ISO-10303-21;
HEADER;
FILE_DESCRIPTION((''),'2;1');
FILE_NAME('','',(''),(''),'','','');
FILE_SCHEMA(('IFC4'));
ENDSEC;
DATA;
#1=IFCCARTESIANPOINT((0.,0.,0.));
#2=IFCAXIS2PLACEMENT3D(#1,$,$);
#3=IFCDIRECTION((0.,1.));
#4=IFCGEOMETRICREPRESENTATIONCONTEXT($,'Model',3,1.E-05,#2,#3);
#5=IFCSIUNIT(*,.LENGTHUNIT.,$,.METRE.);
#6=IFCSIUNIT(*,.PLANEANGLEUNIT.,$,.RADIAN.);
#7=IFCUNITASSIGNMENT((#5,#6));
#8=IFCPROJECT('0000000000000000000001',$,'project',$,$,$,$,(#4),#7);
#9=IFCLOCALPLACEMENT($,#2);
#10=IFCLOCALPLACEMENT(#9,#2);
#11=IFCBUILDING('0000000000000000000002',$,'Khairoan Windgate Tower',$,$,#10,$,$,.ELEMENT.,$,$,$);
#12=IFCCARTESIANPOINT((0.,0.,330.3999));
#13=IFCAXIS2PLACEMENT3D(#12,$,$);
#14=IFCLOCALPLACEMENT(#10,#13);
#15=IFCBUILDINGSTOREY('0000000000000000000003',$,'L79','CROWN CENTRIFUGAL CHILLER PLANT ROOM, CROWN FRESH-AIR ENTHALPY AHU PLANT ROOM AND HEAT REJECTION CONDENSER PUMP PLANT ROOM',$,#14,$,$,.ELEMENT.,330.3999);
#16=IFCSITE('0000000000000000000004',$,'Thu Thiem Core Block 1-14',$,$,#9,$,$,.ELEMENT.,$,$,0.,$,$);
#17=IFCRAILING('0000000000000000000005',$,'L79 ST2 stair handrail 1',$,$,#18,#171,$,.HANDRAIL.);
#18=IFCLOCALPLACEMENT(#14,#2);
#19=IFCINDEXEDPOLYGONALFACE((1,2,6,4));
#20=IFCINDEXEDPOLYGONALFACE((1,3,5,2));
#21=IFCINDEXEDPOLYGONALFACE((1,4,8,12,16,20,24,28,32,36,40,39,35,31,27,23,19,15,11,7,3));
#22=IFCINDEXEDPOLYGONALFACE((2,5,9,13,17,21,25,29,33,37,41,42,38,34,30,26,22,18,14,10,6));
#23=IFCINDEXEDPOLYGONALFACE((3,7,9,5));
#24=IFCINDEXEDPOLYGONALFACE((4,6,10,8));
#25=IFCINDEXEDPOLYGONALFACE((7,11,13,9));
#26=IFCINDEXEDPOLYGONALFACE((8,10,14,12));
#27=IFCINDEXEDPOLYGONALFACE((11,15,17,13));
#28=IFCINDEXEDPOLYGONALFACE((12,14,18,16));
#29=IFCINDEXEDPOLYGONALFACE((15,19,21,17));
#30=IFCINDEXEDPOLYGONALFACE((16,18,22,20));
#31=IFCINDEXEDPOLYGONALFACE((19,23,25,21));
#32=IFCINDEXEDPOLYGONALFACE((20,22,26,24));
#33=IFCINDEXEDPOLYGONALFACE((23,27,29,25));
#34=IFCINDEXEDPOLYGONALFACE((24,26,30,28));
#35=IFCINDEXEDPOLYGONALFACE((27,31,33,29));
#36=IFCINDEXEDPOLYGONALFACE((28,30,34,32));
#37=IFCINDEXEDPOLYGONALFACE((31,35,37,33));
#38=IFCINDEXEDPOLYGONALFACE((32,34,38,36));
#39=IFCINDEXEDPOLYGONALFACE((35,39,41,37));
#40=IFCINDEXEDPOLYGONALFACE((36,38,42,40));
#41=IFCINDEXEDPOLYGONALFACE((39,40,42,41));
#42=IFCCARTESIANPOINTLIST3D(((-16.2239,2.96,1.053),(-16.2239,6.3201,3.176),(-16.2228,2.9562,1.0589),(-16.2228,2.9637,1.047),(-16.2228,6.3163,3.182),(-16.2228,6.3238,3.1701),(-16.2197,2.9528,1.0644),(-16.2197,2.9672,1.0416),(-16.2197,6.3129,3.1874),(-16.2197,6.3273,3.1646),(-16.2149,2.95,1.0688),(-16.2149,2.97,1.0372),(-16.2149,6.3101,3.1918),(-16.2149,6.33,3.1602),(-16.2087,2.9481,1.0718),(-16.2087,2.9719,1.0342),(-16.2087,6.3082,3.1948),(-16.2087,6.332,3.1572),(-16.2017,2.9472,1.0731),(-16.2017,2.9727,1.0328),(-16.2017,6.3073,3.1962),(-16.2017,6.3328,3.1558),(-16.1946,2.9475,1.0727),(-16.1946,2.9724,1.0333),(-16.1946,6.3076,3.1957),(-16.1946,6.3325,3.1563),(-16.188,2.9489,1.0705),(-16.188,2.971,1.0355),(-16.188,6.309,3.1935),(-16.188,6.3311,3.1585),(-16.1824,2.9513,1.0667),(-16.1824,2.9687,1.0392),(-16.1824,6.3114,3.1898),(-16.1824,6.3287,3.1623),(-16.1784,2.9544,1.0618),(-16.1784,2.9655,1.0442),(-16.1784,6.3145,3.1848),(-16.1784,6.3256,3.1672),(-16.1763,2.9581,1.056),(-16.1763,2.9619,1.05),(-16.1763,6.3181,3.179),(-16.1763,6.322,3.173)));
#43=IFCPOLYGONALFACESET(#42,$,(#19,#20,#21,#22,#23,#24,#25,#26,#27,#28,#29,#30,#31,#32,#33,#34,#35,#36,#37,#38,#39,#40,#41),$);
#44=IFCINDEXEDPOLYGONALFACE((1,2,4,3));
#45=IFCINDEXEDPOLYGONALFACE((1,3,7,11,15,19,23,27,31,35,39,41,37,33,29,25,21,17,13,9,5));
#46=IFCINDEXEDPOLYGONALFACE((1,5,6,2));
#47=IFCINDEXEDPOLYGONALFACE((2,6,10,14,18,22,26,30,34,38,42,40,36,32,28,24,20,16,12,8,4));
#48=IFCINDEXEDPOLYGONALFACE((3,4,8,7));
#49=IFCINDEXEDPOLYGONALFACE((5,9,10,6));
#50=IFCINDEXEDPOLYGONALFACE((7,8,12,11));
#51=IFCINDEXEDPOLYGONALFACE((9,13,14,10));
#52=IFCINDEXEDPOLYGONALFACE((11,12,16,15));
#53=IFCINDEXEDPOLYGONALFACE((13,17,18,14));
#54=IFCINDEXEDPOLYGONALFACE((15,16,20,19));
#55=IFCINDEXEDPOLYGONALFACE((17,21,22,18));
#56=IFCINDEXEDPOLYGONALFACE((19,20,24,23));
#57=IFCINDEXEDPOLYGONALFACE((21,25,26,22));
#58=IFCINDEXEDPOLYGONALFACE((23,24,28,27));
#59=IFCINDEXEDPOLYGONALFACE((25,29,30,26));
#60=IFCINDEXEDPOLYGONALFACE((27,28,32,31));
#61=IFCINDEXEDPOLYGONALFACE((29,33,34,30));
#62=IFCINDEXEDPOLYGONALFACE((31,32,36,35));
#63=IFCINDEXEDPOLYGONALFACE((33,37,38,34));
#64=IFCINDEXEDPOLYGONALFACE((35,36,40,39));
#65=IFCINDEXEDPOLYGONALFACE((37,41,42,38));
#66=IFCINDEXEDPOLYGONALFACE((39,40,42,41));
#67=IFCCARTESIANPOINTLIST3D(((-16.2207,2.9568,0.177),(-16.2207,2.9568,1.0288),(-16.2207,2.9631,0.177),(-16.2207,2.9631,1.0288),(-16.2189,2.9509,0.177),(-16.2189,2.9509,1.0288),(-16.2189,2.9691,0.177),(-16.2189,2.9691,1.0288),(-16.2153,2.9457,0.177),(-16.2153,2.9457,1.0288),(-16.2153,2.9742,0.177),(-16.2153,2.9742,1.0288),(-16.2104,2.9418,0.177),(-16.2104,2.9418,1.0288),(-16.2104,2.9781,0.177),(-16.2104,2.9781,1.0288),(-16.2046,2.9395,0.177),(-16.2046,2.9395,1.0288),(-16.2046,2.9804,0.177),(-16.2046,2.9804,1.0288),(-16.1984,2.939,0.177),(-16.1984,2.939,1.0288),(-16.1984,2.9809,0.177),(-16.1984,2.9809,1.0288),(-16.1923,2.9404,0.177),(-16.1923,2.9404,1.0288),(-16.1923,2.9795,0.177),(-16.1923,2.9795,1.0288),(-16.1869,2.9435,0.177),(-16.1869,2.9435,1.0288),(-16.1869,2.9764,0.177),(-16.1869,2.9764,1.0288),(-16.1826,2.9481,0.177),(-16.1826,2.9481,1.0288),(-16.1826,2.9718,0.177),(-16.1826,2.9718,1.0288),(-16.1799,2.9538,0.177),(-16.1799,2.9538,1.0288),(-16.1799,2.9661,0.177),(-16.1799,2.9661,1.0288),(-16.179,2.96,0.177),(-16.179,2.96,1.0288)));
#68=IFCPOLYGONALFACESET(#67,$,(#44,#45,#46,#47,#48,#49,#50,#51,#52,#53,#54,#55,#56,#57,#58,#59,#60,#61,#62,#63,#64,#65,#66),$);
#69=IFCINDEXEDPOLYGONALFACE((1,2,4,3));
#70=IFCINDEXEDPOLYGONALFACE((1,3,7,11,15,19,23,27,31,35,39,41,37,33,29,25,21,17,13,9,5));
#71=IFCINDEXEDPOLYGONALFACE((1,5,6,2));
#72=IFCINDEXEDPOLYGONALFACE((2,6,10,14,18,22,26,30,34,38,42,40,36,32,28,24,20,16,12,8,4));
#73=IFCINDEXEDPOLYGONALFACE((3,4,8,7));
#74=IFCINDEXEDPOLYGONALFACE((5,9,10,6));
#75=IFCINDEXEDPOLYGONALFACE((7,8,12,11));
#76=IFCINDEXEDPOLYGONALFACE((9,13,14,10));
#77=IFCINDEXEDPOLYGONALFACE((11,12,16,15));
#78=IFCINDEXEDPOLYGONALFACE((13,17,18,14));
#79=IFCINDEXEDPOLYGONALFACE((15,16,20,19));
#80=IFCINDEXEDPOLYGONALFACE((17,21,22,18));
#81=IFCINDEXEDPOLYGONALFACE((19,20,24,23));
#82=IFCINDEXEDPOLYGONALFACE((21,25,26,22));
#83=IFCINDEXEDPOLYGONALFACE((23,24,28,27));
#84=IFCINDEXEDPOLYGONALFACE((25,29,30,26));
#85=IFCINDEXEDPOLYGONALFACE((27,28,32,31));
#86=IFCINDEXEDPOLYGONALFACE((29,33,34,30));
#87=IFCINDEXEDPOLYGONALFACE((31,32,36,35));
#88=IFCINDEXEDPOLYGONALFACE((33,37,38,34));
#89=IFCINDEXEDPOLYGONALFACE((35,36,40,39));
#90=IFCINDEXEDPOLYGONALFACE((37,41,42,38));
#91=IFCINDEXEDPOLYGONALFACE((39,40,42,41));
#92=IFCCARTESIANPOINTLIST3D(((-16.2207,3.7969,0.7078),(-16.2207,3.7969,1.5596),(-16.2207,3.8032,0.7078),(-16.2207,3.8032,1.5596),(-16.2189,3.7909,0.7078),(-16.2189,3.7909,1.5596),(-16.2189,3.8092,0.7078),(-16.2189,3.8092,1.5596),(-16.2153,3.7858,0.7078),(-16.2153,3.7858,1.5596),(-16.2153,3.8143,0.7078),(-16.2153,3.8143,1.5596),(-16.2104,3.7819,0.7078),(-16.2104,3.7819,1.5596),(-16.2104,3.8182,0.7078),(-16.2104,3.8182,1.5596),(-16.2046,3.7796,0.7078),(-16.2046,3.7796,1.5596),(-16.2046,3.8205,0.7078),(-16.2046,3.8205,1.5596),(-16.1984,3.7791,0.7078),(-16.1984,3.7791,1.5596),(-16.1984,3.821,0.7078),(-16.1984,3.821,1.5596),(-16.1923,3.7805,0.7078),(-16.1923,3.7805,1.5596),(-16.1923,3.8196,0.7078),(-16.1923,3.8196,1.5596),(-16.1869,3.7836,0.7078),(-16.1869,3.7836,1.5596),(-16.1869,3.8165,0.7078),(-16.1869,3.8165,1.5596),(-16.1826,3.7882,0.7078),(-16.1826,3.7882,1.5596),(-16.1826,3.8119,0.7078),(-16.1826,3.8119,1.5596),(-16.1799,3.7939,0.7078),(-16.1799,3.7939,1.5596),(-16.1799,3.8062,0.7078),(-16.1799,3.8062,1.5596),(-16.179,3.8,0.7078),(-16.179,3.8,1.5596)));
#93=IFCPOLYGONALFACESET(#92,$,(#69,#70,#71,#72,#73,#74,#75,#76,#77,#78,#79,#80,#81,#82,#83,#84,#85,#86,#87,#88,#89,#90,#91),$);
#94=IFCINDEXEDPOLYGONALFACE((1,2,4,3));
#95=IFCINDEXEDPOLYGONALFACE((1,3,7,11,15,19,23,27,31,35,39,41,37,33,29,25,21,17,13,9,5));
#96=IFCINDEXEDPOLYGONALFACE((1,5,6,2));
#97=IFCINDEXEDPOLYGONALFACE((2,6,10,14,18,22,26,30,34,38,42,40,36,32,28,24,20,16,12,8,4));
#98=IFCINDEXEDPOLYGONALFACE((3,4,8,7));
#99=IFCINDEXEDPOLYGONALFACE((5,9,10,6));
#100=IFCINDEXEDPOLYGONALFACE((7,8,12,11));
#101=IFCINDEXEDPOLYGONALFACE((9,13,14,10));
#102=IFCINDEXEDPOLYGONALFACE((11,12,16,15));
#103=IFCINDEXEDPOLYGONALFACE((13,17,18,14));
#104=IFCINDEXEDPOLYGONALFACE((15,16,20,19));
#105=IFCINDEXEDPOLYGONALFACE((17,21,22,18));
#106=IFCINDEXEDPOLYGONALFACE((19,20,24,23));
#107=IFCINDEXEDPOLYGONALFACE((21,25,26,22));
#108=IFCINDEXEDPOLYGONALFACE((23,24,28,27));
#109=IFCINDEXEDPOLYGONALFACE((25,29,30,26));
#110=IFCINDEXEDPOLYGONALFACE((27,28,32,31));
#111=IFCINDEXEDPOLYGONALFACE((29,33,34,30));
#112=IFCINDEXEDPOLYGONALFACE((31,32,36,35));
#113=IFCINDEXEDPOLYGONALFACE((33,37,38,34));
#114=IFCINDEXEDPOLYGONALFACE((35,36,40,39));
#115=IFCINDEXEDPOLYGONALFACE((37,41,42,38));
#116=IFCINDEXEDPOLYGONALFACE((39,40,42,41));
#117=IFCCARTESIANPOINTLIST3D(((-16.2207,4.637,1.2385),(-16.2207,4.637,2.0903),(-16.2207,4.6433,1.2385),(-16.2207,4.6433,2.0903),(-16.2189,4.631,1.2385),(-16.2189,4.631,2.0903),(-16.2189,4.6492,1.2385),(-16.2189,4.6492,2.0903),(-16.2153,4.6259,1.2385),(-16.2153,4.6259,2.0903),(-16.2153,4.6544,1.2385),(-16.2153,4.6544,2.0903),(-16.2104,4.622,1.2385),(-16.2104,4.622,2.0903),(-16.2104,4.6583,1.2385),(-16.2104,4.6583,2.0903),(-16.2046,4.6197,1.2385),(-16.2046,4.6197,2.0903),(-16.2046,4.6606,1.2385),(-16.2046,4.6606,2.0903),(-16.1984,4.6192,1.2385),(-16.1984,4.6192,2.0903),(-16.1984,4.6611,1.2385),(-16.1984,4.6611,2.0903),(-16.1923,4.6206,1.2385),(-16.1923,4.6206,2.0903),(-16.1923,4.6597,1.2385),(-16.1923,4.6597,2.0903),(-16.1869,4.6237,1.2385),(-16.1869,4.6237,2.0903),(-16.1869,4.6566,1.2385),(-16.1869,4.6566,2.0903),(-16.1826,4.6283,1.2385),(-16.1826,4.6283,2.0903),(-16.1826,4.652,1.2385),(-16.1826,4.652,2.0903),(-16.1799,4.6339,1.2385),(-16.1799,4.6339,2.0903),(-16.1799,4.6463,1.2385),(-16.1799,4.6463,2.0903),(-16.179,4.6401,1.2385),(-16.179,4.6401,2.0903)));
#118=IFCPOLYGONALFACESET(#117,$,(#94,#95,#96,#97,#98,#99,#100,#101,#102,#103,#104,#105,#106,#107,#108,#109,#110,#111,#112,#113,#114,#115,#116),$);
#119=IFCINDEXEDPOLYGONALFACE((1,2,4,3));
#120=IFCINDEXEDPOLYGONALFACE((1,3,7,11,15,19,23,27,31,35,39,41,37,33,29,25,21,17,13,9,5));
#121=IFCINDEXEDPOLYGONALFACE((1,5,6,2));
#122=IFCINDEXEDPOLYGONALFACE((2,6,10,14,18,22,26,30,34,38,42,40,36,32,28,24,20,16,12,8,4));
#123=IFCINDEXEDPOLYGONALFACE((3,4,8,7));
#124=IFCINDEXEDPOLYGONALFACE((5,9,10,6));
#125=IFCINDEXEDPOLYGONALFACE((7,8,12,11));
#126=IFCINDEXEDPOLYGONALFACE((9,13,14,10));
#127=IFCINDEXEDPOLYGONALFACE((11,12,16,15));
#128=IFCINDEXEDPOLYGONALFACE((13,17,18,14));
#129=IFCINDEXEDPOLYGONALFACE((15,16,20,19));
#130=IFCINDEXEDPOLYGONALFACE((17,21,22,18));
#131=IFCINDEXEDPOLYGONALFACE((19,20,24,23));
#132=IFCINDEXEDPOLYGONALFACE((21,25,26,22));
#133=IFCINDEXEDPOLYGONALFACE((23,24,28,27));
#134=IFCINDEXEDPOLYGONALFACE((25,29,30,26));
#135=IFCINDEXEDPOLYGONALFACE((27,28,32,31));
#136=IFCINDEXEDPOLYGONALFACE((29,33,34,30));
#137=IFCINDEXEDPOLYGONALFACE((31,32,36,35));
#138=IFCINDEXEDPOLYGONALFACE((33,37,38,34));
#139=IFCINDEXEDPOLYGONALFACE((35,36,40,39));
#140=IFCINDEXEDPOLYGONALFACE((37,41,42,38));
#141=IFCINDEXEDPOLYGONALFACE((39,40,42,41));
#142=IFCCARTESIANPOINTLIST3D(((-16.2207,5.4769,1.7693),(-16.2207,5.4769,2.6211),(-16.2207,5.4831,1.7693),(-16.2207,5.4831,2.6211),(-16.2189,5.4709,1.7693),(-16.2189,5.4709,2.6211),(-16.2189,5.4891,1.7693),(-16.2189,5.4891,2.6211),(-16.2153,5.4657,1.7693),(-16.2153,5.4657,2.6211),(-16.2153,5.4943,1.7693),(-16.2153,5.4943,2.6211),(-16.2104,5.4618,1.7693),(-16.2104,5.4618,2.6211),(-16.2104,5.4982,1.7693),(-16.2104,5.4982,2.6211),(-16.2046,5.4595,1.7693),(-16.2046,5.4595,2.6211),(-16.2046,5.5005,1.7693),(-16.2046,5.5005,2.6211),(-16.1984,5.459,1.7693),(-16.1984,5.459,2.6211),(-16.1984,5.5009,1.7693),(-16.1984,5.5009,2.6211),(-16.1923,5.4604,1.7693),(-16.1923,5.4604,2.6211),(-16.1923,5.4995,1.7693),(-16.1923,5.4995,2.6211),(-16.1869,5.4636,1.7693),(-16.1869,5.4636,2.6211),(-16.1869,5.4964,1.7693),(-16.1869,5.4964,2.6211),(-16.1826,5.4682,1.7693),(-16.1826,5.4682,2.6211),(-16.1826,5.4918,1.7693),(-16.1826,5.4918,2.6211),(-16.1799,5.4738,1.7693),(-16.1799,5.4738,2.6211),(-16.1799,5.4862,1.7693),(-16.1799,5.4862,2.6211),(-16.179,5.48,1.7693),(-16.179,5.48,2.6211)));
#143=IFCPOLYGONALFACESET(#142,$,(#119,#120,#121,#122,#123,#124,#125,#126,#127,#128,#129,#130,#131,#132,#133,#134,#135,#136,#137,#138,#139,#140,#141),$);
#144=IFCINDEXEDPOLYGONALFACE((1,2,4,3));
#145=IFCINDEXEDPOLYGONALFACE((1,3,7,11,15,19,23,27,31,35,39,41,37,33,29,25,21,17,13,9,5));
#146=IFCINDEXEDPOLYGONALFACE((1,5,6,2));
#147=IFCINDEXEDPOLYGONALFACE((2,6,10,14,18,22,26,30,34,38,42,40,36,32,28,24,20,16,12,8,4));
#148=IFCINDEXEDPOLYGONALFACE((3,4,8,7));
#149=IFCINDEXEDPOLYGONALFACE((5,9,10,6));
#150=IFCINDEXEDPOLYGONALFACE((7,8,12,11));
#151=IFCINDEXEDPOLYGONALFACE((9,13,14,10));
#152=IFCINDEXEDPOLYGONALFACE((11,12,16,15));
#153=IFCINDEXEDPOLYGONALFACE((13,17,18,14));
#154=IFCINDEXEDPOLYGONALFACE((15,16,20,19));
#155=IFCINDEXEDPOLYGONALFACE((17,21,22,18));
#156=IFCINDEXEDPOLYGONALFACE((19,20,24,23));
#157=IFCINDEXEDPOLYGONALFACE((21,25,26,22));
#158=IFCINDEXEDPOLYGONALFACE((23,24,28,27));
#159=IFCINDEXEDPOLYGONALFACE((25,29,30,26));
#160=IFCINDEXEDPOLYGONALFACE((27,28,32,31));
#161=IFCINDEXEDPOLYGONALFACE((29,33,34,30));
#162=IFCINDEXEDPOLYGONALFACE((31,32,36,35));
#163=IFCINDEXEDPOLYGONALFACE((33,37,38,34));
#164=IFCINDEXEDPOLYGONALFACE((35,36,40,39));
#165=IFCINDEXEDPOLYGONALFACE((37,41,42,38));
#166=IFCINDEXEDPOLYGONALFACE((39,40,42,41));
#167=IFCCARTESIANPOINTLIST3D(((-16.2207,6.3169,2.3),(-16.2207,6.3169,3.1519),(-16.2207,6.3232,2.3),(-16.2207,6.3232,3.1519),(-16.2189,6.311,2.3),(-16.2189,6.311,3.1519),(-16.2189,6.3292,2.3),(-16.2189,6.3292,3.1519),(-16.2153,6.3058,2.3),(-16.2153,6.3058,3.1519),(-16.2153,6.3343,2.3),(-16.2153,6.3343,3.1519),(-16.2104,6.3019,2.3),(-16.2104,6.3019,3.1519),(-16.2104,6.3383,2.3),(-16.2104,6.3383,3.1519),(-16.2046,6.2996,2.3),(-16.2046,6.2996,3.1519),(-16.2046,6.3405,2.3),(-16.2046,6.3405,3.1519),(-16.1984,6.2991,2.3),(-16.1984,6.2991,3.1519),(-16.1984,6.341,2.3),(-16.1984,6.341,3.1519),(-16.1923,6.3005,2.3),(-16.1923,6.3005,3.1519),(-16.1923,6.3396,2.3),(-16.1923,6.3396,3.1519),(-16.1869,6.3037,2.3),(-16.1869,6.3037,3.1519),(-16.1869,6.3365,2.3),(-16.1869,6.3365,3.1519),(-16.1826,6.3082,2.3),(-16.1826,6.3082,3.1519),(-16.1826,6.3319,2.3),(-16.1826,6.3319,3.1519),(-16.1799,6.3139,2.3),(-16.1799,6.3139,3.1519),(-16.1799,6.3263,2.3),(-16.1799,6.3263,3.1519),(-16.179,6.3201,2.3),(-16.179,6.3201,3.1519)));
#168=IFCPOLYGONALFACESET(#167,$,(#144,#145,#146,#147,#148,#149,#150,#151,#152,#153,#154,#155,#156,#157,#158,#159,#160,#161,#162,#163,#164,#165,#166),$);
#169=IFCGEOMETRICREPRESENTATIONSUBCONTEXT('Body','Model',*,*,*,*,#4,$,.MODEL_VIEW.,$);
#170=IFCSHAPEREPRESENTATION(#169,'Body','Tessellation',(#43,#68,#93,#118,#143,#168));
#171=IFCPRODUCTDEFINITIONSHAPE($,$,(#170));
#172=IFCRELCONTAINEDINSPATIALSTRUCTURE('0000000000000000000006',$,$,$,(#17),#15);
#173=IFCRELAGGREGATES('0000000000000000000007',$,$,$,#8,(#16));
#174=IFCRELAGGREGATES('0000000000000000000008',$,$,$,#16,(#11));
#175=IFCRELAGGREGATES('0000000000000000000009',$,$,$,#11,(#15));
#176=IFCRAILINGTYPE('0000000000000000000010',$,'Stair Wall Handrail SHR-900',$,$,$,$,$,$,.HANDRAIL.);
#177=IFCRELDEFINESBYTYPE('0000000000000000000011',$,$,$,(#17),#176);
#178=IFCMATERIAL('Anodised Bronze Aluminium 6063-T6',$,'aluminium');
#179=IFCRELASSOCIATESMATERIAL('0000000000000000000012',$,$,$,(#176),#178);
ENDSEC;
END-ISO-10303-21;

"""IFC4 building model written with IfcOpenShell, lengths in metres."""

from ifc_helpers import new_model, si_unit, direction, frame, origin, origin_2d, place, context, subcontext, project, spatial, circle, extrude, material, type_object, element, save


model = new_model("IFC4")

# Units and contexts
model_context = context("Model", 3, precision=1e-05, world=origin(), true_north=direction((0.0, 1.0)))
body_context = subcontext(model_context, "Body", "Model", "MODEL_VIEW")
ifc_project = project(units=[si_unit("LENGTHUNIT", "METRE"), si_unit("PLANEANGLEUNIT", "RADIAN")], contexts=[model_context])

# Site, building, storey
site_placement = place(None, origin())
site = spatial("IfcSite", under=ifc_project, at=site_placement, Name="Thu Thiem Core Block 1-14", CompositionType="ELEMENT", RefElevation=0.0)
building_placement = place(site_placement, origin())
building = spatial("IfcBuilding", under=site, at=building_placement, Name="Khairoan Windgate Tower", CompositionType="ELEMENT")
storey_placement = place(building_placement, frame((0.0, 0.0, 330.3999)))
storey = spatial("IfcBuildingStorey", under=building, at=storey_placement, Name="L79", Description="CROWN CENTRIFUGAL CHILLER PLANT ROOM, CROWN FRESH-AIR ENTHALPY AHU PLANT ROOM AND HEAT REJECTION CONDENSER PUMP PLANT ROOM", CompositionType="ELEMENT", Elevation=330.3999)

# Railing
ifc_material_1 = material(Name="Anodised Bronze Aluminium 6063-T6", Category="aluminium")
railing_type_1 = type_object("IfcRailingType", Name="Stair Wall Handrail SHR-900", PredefinedType="HANDRAIL", material=ifc_material_1)
railing_1_placement = place(storey_placement, frame((-16.2, 2.96, 0.177)))
element("IfcRailing", 1, at=railing_1_placement, inside=storey, type_object=railing_type_1, Name="L79 ST2 stair handrail 1", PredefinedType="HANDRAIL", context=body_context, shape_type="SweptSolid", body=[
    extrude(circle(Radius=0.0239, at=origin_2d()), frame((0.0, 0.0, 0.876), z_axis=(0.0, 0.84539, 0.53415), x_axis=(-1.0, 0.0, 0.0)), (0.0, 0.0, 1.0), 3.9746),
    extrude(circle(Radius=0.021, at=origin_2d()), origin(), (0.0, 0.0, 1.0), 0.8518),
    extrude(circle(Radius=0.021, at=origin_2d()), frame((0.0, 0.8401, 0.5308)), (0.0, 0.0, 1.0), 0.8518),
    extrude(circle(Radius=0.021, at=origin_2d()), frame((0.0, 1.6802, 1.0615)), (0.0, 0.0, 1.0), 0.8518),
    extrude(circle(Radius=0.021, at=origin_2d()), frame((0.0, 2.52, 1.5923)), (0.0, 0.0, 1.0), 0.8518),
    extrude(circle(Radius=0.021, at=origin_2d()), frame((0.0, 3.3601, 2.123)), (0.0, 0.0, 1.0), 0.8518),
])

save(model, "model.ifc")
